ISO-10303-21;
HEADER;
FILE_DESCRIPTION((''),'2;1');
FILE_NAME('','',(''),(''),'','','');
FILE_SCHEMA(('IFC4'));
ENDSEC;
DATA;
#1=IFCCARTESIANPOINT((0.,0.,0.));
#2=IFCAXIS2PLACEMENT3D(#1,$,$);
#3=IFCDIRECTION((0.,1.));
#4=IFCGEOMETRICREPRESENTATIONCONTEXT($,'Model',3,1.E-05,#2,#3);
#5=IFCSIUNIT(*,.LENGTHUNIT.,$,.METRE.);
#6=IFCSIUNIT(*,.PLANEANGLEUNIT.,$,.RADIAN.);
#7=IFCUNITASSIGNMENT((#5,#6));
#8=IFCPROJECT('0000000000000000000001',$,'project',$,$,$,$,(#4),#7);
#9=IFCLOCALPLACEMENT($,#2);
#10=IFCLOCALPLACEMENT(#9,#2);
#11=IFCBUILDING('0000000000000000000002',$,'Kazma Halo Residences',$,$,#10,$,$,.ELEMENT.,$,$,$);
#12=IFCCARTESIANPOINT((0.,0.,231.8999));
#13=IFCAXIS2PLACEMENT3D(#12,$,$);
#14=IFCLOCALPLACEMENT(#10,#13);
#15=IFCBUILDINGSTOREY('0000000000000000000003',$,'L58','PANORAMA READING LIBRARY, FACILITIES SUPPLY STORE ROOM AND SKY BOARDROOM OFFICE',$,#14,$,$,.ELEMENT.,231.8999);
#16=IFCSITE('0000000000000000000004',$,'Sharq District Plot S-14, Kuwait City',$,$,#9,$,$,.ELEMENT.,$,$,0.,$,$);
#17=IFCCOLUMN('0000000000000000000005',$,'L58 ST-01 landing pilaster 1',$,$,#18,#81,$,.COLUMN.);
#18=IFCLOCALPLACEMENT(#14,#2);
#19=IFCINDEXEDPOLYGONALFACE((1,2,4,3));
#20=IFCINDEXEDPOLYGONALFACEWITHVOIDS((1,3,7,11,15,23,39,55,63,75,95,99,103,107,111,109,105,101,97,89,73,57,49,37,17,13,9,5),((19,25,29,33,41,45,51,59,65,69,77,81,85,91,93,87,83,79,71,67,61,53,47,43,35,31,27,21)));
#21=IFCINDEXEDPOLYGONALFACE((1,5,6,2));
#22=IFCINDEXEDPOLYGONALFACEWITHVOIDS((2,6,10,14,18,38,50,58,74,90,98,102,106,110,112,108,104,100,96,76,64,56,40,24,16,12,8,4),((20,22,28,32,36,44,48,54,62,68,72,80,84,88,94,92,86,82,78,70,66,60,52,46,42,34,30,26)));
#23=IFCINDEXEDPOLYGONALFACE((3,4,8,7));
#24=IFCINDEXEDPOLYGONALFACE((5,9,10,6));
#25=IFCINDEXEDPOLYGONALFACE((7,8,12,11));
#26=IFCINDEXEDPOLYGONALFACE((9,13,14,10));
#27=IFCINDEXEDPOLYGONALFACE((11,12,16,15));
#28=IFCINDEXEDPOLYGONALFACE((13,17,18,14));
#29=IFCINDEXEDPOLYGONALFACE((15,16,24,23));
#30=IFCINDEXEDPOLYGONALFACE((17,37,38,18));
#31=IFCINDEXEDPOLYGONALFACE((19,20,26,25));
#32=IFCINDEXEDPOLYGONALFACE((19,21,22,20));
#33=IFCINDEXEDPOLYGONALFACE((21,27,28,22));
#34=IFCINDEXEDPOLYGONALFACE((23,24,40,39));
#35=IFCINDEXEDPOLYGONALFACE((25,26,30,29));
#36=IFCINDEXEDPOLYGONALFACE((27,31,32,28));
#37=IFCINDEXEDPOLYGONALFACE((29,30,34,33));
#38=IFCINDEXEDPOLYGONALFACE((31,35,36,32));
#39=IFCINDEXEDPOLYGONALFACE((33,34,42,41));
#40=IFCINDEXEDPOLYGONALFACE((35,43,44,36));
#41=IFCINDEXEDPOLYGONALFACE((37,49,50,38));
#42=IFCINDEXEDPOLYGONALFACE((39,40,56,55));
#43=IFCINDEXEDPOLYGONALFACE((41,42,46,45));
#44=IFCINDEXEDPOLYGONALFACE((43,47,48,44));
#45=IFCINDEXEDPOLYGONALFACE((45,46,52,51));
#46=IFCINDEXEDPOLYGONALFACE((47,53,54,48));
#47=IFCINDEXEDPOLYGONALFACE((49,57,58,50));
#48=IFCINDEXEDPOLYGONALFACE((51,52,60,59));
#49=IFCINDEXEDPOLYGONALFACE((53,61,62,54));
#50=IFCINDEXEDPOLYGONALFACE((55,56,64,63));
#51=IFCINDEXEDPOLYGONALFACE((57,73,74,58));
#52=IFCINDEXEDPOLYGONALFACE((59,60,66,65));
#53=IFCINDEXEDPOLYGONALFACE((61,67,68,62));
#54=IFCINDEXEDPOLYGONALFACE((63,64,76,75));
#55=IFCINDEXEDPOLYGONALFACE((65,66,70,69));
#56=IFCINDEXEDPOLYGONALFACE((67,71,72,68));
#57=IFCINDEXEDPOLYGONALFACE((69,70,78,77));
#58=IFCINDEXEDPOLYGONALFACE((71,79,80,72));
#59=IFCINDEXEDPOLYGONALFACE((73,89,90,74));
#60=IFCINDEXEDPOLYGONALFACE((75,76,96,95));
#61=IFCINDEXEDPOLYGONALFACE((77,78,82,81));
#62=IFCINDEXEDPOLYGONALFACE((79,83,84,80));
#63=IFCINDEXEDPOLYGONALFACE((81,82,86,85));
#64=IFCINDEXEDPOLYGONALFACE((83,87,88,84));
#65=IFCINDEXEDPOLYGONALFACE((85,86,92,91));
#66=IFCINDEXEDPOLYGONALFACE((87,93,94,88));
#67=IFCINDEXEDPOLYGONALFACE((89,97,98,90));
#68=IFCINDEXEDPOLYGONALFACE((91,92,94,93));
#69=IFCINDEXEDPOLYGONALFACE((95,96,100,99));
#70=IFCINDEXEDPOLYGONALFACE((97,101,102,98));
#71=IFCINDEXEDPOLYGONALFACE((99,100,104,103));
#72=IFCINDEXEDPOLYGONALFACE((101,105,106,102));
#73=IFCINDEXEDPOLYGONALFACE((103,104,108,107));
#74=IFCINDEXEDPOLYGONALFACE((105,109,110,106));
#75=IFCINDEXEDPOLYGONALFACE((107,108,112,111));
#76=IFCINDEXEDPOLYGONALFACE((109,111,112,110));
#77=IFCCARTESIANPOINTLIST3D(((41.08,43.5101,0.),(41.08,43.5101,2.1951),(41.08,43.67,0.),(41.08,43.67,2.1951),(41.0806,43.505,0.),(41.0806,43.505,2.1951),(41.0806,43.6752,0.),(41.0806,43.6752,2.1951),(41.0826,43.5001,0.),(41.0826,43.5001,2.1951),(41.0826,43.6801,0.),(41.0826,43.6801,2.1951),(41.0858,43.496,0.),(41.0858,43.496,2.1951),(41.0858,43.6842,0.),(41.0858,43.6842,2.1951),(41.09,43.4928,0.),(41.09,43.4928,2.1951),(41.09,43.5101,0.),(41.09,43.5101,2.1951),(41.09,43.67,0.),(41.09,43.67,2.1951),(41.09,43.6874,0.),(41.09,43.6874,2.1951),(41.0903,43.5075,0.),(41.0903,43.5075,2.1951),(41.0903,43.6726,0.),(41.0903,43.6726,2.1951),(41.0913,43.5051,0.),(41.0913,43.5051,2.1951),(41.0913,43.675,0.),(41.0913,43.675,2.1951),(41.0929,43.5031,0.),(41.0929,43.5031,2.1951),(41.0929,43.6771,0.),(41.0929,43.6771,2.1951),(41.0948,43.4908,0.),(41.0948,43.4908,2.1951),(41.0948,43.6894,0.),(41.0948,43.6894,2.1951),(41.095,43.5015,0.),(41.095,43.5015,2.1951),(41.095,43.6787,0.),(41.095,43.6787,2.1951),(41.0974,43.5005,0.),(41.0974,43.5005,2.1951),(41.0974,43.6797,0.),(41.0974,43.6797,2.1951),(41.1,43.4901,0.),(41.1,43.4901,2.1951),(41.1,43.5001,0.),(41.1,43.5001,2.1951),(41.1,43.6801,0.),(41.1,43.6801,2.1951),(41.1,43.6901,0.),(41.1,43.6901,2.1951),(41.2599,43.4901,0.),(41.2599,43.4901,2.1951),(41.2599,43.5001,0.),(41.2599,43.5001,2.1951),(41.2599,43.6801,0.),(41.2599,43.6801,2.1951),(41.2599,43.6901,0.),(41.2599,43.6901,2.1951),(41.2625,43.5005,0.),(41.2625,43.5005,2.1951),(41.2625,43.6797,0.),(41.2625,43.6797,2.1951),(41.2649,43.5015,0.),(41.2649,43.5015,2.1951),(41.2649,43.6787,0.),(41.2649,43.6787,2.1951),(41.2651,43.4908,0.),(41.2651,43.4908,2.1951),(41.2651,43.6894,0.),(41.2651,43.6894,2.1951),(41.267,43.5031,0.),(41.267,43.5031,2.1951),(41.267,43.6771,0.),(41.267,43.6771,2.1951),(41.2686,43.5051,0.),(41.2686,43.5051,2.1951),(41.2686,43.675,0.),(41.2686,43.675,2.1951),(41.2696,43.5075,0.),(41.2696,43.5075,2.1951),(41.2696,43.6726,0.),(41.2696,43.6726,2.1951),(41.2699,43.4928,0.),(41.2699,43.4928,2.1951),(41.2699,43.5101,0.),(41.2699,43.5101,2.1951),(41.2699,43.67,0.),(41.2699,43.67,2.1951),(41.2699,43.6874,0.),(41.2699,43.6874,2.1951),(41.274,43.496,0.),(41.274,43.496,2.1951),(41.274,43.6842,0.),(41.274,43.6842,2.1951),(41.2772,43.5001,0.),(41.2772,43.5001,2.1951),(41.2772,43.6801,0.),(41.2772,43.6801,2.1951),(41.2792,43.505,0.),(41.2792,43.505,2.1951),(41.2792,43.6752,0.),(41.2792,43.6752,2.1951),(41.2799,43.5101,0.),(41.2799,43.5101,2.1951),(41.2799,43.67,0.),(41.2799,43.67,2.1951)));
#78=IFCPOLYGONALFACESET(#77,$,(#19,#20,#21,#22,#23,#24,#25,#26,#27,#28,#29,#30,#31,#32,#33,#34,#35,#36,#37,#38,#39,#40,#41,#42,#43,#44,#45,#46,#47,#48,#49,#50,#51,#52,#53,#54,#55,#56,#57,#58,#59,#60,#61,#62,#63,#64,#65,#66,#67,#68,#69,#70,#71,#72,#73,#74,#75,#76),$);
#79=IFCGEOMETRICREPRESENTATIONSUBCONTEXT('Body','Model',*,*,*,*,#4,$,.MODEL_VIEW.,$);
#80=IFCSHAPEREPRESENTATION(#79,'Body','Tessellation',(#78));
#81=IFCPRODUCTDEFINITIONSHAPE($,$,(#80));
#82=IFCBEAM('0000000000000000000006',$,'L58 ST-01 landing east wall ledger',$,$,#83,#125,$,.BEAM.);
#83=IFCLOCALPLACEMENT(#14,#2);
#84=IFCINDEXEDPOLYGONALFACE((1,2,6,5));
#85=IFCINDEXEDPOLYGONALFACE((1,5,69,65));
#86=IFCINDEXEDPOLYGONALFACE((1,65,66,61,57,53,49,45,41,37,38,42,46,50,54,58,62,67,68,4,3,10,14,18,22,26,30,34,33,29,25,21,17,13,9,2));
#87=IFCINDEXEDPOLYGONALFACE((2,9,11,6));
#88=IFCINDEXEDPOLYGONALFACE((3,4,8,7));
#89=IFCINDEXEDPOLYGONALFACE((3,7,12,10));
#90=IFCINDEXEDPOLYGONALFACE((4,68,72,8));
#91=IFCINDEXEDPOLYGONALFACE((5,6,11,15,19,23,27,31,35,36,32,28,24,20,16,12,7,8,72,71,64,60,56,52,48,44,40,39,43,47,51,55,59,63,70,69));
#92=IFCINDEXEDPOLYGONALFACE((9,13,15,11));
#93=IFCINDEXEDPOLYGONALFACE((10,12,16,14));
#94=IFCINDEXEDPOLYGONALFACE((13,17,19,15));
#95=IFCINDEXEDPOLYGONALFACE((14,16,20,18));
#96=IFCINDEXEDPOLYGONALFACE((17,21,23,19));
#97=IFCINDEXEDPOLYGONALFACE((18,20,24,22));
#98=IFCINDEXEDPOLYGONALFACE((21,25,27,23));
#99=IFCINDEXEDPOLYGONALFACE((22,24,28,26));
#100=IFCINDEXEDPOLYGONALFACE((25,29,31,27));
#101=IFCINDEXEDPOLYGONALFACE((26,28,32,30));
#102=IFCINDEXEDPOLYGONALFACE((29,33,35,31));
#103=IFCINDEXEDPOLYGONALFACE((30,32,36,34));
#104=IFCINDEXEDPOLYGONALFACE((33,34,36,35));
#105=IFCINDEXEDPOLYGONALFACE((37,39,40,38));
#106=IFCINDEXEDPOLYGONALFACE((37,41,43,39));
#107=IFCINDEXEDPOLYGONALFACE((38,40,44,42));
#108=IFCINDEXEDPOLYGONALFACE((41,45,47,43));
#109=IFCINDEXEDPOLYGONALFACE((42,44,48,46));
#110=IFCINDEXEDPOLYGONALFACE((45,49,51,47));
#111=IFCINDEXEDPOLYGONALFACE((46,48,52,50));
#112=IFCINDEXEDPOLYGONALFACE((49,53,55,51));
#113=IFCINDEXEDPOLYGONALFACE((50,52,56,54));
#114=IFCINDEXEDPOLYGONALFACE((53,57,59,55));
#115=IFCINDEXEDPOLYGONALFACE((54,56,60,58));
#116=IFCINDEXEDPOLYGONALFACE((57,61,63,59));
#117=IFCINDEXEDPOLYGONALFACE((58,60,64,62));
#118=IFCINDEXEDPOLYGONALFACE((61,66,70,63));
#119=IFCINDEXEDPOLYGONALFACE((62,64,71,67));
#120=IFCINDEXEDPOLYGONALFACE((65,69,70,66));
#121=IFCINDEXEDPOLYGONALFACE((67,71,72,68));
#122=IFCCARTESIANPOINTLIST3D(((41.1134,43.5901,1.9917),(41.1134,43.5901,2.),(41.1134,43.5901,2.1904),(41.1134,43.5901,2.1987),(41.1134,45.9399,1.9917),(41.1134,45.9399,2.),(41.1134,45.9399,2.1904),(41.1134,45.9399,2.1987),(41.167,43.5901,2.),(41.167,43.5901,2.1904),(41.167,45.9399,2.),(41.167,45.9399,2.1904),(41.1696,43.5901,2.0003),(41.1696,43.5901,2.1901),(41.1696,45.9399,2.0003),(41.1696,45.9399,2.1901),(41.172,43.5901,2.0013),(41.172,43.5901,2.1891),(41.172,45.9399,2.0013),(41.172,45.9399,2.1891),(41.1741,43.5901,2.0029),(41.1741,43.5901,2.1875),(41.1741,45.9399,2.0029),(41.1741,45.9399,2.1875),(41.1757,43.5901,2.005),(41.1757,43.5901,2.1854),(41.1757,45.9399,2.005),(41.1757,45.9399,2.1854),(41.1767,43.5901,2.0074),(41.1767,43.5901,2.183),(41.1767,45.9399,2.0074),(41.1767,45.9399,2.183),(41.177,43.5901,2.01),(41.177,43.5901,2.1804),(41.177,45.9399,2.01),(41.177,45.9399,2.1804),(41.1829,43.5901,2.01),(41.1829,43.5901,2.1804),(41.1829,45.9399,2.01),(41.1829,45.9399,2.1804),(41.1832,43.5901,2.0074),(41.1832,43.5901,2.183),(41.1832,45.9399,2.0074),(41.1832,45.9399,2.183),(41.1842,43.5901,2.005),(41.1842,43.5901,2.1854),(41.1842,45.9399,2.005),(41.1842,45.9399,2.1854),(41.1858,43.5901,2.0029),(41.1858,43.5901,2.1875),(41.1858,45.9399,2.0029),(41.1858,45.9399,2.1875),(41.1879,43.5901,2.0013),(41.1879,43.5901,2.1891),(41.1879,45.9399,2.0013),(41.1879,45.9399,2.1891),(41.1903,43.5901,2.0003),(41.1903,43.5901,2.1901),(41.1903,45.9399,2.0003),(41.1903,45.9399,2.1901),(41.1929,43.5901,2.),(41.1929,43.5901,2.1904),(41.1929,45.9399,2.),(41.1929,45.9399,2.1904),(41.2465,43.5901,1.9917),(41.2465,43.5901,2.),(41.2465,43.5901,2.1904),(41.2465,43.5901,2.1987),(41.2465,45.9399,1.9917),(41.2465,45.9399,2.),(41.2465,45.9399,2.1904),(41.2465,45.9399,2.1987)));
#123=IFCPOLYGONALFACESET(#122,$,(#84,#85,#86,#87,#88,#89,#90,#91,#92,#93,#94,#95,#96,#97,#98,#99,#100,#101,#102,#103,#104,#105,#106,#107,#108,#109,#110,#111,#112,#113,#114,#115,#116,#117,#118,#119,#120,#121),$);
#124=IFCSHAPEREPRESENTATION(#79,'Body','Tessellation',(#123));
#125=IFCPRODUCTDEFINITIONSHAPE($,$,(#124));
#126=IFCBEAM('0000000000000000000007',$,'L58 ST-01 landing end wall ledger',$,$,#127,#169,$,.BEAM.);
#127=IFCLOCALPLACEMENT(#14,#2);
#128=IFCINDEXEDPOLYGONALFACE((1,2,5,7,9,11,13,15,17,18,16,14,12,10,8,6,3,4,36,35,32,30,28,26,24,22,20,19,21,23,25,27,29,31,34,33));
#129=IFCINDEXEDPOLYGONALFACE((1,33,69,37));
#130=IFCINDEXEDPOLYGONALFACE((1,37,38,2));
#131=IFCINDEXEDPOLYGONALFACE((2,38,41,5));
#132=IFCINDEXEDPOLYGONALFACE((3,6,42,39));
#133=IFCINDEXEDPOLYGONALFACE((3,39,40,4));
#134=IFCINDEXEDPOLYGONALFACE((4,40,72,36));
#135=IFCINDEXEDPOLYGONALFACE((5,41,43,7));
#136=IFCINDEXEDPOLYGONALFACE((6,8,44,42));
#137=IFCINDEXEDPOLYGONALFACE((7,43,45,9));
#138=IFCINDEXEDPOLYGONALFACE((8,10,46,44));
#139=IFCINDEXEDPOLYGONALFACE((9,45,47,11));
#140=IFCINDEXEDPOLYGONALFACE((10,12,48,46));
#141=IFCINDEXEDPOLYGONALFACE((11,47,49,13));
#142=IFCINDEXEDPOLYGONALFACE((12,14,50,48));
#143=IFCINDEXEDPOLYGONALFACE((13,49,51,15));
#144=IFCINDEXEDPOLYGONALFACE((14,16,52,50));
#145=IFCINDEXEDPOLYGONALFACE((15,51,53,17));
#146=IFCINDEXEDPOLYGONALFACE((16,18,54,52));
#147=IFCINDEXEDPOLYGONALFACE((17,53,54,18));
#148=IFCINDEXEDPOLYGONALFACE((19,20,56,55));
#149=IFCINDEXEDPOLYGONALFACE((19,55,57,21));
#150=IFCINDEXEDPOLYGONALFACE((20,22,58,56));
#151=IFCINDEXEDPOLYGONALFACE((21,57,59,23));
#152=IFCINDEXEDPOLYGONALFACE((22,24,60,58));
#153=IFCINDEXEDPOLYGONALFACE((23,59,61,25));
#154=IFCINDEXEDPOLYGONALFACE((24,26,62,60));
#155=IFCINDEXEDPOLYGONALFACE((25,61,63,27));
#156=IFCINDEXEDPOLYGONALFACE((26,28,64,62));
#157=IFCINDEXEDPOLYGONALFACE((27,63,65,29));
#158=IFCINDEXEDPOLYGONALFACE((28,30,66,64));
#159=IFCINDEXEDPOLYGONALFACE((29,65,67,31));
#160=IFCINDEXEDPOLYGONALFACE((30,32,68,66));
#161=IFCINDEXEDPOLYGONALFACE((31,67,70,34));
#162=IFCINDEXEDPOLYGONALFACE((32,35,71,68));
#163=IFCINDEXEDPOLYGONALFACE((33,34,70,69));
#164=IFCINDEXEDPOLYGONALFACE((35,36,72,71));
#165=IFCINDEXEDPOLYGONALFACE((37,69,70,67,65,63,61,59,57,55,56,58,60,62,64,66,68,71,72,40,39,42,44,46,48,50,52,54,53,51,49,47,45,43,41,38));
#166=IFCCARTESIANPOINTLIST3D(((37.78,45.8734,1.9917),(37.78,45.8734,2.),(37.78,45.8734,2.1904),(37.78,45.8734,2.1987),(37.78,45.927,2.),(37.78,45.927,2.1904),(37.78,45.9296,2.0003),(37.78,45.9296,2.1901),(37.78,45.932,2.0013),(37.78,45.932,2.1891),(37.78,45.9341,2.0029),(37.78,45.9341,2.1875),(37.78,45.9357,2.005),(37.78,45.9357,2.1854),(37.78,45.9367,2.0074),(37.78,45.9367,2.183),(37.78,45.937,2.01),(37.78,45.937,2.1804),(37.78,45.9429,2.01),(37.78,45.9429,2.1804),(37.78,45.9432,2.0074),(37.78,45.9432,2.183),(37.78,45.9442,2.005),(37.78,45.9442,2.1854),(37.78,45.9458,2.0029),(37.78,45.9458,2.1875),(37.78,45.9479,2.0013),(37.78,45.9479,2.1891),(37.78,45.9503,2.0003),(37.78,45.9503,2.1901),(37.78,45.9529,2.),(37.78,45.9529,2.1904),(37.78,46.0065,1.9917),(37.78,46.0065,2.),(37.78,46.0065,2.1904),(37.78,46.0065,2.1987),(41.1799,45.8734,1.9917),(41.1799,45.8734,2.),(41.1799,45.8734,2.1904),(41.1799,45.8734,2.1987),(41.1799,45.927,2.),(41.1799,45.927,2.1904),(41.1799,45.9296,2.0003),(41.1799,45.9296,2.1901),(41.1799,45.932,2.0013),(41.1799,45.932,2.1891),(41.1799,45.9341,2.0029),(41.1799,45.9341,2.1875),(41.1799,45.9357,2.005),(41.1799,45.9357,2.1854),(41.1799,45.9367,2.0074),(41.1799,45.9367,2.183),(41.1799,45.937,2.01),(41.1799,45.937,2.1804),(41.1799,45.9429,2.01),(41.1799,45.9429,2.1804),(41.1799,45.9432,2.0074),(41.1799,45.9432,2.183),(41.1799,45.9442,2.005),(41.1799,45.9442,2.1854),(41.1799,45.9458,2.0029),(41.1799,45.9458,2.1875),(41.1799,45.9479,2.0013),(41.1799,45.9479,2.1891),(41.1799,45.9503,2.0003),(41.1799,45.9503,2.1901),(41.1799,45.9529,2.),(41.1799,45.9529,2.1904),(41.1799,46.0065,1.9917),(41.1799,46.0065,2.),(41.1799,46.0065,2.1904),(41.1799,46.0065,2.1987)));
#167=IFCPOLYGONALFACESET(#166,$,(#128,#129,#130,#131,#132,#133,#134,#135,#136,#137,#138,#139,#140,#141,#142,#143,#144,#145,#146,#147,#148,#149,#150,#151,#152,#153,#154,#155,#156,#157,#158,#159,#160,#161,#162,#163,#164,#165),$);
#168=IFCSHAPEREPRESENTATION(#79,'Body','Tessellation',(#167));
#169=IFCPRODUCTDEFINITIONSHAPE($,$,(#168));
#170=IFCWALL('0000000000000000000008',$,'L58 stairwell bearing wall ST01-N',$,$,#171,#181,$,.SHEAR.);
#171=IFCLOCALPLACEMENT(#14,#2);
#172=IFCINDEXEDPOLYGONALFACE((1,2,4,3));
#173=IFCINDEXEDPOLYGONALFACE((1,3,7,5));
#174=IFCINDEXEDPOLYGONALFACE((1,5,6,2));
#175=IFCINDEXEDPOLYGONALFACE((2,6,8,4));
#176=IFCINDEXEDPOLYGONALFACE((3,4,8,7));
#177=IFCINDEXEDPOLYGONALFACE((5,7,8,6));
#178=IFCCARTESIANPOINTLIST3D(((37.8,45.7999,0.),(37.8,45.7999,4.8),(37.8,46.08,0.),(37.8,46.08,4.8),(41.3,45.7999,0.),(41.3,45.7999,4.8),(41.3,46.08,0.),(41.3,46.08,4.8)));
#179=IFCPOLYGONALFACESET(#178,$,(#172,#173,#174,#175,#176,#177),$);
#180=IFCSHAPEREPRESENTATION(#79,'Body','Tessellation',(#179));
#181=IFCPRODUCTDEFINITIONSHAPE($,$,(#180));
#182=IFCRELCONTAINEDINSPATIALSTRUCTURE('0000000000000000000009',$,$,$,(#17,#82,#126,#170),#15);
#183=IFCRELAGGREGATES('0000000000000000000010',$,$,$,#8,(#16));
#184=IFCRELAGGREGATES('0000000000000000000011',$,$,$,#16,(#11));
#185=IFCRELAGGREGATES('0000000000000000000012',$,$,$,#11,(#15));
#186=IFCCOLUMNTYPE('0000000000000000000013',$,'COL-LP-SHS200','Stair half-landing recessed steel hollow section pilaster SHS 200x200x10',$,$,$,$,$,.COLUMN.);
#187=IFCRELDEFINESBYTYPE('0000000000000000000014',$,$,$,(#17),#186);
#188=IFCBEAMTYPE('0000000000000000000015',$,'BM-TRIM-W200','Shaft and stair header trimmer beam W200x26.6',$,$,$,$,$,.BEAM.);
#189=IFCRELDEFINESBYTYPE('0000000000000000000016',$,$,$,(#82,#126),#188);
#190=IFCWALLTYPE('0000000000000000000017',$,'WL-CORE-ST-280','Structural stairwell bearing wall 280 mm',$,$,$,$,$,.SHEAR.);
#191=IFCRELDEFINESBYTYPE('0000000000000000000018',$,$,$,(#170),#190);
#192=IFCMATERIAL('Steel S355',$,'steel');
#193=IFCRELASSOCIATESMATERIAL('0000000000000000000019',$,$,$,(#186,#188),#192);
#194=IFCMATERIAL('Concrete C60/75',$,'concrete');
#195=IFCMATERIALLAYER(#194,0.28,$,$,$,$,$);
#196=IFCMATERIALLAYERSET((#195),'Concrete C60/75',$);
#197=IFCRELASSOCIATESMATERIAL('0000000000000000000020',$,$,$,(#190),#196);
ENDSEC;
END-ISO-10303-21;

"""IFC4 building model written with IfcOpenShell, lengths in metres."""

from ifc_helpers import new_model, si_unit, direction, frame, frame_2d, origin, origin_2d, place, context, subcontext, project, spatial, rectangle, hollow_rectangle, i_section, extrude, material, layer, layer_set, material_profile, profile_set, type_object, element, save


model = new_model("IFC4")

# Units and contexts
model_context = context("Model", 3, precision=1e-05, world=origin(), true_north=direction((0.0, 1.0)))
body_context = subcontext(model_context, "Body", "Model", "MODEL_VIEW")
ifc_project = project(units=[si_unit("LENGTHUNIT", "METRE"), si_unit("PLANEANGLEUNIT", "RADIAN")], contexts=[model_context])

# Site, building, storey
site_placement = place(None, origin())
site = spatial("IfcSite", under=ifc_project, at=site_placement, Name="Sharq District Plot S-14, Kuwait City", CompositionType="ELEMENT", RefElevation=0.0)
building_placement = place(site_placement, origin())
building = spatial("IfcBuilding", under=site, at=building_placement, Name="Kazma Halo Residences", CompositionType="ELEMENT")
storey_placement = place(building_placement, frame((0.0, 0.0, 231.8999)))
storey = spatial("IfcBuildingStorey", under=building, at=storey_placement, Name="L58", Description="PANORAMA READING LIBRARY, FACILITIES SUPPLY STORE ROOM AND SKY BOARDROOM OFFICE", CompositionType="ELEMENT", Elevation=231.8999)

# Column
ifc_material_1 = material(Name="Steel S355", Category="steel")
ifc_material_profile_1 = material_profile(ifc_material_1, hollow_rectangle(XDim=0.2, YDim=0.2, WallThickness=0.01, InnerFilletRadius=0.01, OuterFilletRadius=0.02, at=origin_2d()), Name="SHS200x200x10")
ifc_profile_set_1 = profile_set([ifc_material_profile_1], Name="Steel S355")
column_type = type_object("IfcColumnType", Name="COL-LP-SHS200", Description="Stair half-landing recessed steel hollow section pilaster SHS 200x200x10", PredefinedType="COLUMN", material=ifc_profile_set_1)
column_placement = place(storey_placement, frame((41.1799, 43.5901, 0.0), z_axis=(0.0, 0.0, 1.0), x_axis=(1.0, 0.0, 0.0)))
element("IfcColumn", 1, at=column_placement, inside=storey, type_object=column_type, Name="L58 ST-01 landing pilaster 1", PredefinedType="COLUMN", context=body_context, shape_type="SweptSolid", body=[
    extrude(hollow_rectangle(XDim=0.2, YDim=0.2, WallThickness=0.01, InnerFilletRadius=0.01, OuterFilletRadius=0.02, at=origin_2d()), origin(), (0.0, 0.0, 1.0), 2.1951),
])

# Beams
ifc_material_profile_2 = material_profile(ifc_material_1, i_section(OverallWidth=0.1331, OverallDepth=0.207, WebThickness=0.0059, FlangeThickness=0.0083, FilletRadius=0.01, at=origin_2d()), Name="W200x26.6")
ifc_profile_set_2 = profile_set([ifc_material_profile_2], Name="Steel S355")
beam_type = type_object("IfcBeamType", Name="BM-TRIM-W200", Description="Shaft and stair header trimmer beam W200x26.6", PredefinedType="BEAM", material=ifc_profile_set_2)
beam_1_placement = place(storey_placement, frame((41.1799, 43.5901, 2.0952), z_axis=(0.0, 1.0, 0.0), x_axis=(-1.0, 0.0, 0.0)))
element("IfcBeam", 2, at=beam_1_placement, inside=storey, type_object=beam_type, Name="L58 ST-01 landing east wall ledger", PredefinedType="BEAM", context=body_context, shape_type="SweptSolid", body=[
    extrude(i_section(OverallWidth=0.1331, OverallDepth=0.207, WebThickness=0.0059, FlangeThickness=0.0083, FilletRadius=0.01, at=origin_2d()), origin(), (0.0, 0.0, 1.0), 2.3499),
])
beam_2_placement = place(storey_placement, frame((37.78, 45.9399, 2.0952), z_axis=(1.0, 0.0, 0.0), x_axis=(0.0, 1.0, 0.0)))
element("IfcBeam", 3, at=beam_2_placement, inside=storey, type_object=beam_type, Name="L58 ST-01 landing end wall ledger", PredefinedType="BEAM", context=body_context, shape_type="SweptSolid", body=[
    extrude(i_section(OverallWidth=0.1331, OverallDepth=0.207, WebThickness=0.0059, FlangeThickness=0.0083, FilletRadius=0.01, at=origin_2d()), origin(), (0.0, 0.0, 1.0), 3.3999),
])

# Wall
ifc_material_2 = material(Name="Concrete C60/75", Category="concrete")
ifc_layer_1 = layer(ifc_material_2, 0.28)
ifc_layer_set_1 = layer_set([ifc_layer_1], Name="Concrete C60/75")
wall_type_1 = type_object("IfcWallType", Name="WL-CORE-ST-280", Description="Structural stairwell bearing wall 280 mm", PredefinedType="SHEAR", material=ifc_layer_set_1)
wall_1_placement = place(storey_placement, frame((37.8, 45.9399, 0.0), z_axis=(0.0, 0.0, 1.0), x_axis=(1.0, 0.0, 0.0)))
element("IfcWall", 4, at=wall_1_placement, inside=storey, type_object=wall_type_1, Name="L58 stairwell bearing wall ST01-N", PredefinedType="SHEAR", context=body_context, shape_type="SweptSolid", body=[
    extrude(rectangle(XDim=3.5, YDim=0.28, at=frame_2d((1.75, 0.0))), origin(), (0.0, 0.0, 1.0), 4.8),
])

save(model, "model.ifc")
